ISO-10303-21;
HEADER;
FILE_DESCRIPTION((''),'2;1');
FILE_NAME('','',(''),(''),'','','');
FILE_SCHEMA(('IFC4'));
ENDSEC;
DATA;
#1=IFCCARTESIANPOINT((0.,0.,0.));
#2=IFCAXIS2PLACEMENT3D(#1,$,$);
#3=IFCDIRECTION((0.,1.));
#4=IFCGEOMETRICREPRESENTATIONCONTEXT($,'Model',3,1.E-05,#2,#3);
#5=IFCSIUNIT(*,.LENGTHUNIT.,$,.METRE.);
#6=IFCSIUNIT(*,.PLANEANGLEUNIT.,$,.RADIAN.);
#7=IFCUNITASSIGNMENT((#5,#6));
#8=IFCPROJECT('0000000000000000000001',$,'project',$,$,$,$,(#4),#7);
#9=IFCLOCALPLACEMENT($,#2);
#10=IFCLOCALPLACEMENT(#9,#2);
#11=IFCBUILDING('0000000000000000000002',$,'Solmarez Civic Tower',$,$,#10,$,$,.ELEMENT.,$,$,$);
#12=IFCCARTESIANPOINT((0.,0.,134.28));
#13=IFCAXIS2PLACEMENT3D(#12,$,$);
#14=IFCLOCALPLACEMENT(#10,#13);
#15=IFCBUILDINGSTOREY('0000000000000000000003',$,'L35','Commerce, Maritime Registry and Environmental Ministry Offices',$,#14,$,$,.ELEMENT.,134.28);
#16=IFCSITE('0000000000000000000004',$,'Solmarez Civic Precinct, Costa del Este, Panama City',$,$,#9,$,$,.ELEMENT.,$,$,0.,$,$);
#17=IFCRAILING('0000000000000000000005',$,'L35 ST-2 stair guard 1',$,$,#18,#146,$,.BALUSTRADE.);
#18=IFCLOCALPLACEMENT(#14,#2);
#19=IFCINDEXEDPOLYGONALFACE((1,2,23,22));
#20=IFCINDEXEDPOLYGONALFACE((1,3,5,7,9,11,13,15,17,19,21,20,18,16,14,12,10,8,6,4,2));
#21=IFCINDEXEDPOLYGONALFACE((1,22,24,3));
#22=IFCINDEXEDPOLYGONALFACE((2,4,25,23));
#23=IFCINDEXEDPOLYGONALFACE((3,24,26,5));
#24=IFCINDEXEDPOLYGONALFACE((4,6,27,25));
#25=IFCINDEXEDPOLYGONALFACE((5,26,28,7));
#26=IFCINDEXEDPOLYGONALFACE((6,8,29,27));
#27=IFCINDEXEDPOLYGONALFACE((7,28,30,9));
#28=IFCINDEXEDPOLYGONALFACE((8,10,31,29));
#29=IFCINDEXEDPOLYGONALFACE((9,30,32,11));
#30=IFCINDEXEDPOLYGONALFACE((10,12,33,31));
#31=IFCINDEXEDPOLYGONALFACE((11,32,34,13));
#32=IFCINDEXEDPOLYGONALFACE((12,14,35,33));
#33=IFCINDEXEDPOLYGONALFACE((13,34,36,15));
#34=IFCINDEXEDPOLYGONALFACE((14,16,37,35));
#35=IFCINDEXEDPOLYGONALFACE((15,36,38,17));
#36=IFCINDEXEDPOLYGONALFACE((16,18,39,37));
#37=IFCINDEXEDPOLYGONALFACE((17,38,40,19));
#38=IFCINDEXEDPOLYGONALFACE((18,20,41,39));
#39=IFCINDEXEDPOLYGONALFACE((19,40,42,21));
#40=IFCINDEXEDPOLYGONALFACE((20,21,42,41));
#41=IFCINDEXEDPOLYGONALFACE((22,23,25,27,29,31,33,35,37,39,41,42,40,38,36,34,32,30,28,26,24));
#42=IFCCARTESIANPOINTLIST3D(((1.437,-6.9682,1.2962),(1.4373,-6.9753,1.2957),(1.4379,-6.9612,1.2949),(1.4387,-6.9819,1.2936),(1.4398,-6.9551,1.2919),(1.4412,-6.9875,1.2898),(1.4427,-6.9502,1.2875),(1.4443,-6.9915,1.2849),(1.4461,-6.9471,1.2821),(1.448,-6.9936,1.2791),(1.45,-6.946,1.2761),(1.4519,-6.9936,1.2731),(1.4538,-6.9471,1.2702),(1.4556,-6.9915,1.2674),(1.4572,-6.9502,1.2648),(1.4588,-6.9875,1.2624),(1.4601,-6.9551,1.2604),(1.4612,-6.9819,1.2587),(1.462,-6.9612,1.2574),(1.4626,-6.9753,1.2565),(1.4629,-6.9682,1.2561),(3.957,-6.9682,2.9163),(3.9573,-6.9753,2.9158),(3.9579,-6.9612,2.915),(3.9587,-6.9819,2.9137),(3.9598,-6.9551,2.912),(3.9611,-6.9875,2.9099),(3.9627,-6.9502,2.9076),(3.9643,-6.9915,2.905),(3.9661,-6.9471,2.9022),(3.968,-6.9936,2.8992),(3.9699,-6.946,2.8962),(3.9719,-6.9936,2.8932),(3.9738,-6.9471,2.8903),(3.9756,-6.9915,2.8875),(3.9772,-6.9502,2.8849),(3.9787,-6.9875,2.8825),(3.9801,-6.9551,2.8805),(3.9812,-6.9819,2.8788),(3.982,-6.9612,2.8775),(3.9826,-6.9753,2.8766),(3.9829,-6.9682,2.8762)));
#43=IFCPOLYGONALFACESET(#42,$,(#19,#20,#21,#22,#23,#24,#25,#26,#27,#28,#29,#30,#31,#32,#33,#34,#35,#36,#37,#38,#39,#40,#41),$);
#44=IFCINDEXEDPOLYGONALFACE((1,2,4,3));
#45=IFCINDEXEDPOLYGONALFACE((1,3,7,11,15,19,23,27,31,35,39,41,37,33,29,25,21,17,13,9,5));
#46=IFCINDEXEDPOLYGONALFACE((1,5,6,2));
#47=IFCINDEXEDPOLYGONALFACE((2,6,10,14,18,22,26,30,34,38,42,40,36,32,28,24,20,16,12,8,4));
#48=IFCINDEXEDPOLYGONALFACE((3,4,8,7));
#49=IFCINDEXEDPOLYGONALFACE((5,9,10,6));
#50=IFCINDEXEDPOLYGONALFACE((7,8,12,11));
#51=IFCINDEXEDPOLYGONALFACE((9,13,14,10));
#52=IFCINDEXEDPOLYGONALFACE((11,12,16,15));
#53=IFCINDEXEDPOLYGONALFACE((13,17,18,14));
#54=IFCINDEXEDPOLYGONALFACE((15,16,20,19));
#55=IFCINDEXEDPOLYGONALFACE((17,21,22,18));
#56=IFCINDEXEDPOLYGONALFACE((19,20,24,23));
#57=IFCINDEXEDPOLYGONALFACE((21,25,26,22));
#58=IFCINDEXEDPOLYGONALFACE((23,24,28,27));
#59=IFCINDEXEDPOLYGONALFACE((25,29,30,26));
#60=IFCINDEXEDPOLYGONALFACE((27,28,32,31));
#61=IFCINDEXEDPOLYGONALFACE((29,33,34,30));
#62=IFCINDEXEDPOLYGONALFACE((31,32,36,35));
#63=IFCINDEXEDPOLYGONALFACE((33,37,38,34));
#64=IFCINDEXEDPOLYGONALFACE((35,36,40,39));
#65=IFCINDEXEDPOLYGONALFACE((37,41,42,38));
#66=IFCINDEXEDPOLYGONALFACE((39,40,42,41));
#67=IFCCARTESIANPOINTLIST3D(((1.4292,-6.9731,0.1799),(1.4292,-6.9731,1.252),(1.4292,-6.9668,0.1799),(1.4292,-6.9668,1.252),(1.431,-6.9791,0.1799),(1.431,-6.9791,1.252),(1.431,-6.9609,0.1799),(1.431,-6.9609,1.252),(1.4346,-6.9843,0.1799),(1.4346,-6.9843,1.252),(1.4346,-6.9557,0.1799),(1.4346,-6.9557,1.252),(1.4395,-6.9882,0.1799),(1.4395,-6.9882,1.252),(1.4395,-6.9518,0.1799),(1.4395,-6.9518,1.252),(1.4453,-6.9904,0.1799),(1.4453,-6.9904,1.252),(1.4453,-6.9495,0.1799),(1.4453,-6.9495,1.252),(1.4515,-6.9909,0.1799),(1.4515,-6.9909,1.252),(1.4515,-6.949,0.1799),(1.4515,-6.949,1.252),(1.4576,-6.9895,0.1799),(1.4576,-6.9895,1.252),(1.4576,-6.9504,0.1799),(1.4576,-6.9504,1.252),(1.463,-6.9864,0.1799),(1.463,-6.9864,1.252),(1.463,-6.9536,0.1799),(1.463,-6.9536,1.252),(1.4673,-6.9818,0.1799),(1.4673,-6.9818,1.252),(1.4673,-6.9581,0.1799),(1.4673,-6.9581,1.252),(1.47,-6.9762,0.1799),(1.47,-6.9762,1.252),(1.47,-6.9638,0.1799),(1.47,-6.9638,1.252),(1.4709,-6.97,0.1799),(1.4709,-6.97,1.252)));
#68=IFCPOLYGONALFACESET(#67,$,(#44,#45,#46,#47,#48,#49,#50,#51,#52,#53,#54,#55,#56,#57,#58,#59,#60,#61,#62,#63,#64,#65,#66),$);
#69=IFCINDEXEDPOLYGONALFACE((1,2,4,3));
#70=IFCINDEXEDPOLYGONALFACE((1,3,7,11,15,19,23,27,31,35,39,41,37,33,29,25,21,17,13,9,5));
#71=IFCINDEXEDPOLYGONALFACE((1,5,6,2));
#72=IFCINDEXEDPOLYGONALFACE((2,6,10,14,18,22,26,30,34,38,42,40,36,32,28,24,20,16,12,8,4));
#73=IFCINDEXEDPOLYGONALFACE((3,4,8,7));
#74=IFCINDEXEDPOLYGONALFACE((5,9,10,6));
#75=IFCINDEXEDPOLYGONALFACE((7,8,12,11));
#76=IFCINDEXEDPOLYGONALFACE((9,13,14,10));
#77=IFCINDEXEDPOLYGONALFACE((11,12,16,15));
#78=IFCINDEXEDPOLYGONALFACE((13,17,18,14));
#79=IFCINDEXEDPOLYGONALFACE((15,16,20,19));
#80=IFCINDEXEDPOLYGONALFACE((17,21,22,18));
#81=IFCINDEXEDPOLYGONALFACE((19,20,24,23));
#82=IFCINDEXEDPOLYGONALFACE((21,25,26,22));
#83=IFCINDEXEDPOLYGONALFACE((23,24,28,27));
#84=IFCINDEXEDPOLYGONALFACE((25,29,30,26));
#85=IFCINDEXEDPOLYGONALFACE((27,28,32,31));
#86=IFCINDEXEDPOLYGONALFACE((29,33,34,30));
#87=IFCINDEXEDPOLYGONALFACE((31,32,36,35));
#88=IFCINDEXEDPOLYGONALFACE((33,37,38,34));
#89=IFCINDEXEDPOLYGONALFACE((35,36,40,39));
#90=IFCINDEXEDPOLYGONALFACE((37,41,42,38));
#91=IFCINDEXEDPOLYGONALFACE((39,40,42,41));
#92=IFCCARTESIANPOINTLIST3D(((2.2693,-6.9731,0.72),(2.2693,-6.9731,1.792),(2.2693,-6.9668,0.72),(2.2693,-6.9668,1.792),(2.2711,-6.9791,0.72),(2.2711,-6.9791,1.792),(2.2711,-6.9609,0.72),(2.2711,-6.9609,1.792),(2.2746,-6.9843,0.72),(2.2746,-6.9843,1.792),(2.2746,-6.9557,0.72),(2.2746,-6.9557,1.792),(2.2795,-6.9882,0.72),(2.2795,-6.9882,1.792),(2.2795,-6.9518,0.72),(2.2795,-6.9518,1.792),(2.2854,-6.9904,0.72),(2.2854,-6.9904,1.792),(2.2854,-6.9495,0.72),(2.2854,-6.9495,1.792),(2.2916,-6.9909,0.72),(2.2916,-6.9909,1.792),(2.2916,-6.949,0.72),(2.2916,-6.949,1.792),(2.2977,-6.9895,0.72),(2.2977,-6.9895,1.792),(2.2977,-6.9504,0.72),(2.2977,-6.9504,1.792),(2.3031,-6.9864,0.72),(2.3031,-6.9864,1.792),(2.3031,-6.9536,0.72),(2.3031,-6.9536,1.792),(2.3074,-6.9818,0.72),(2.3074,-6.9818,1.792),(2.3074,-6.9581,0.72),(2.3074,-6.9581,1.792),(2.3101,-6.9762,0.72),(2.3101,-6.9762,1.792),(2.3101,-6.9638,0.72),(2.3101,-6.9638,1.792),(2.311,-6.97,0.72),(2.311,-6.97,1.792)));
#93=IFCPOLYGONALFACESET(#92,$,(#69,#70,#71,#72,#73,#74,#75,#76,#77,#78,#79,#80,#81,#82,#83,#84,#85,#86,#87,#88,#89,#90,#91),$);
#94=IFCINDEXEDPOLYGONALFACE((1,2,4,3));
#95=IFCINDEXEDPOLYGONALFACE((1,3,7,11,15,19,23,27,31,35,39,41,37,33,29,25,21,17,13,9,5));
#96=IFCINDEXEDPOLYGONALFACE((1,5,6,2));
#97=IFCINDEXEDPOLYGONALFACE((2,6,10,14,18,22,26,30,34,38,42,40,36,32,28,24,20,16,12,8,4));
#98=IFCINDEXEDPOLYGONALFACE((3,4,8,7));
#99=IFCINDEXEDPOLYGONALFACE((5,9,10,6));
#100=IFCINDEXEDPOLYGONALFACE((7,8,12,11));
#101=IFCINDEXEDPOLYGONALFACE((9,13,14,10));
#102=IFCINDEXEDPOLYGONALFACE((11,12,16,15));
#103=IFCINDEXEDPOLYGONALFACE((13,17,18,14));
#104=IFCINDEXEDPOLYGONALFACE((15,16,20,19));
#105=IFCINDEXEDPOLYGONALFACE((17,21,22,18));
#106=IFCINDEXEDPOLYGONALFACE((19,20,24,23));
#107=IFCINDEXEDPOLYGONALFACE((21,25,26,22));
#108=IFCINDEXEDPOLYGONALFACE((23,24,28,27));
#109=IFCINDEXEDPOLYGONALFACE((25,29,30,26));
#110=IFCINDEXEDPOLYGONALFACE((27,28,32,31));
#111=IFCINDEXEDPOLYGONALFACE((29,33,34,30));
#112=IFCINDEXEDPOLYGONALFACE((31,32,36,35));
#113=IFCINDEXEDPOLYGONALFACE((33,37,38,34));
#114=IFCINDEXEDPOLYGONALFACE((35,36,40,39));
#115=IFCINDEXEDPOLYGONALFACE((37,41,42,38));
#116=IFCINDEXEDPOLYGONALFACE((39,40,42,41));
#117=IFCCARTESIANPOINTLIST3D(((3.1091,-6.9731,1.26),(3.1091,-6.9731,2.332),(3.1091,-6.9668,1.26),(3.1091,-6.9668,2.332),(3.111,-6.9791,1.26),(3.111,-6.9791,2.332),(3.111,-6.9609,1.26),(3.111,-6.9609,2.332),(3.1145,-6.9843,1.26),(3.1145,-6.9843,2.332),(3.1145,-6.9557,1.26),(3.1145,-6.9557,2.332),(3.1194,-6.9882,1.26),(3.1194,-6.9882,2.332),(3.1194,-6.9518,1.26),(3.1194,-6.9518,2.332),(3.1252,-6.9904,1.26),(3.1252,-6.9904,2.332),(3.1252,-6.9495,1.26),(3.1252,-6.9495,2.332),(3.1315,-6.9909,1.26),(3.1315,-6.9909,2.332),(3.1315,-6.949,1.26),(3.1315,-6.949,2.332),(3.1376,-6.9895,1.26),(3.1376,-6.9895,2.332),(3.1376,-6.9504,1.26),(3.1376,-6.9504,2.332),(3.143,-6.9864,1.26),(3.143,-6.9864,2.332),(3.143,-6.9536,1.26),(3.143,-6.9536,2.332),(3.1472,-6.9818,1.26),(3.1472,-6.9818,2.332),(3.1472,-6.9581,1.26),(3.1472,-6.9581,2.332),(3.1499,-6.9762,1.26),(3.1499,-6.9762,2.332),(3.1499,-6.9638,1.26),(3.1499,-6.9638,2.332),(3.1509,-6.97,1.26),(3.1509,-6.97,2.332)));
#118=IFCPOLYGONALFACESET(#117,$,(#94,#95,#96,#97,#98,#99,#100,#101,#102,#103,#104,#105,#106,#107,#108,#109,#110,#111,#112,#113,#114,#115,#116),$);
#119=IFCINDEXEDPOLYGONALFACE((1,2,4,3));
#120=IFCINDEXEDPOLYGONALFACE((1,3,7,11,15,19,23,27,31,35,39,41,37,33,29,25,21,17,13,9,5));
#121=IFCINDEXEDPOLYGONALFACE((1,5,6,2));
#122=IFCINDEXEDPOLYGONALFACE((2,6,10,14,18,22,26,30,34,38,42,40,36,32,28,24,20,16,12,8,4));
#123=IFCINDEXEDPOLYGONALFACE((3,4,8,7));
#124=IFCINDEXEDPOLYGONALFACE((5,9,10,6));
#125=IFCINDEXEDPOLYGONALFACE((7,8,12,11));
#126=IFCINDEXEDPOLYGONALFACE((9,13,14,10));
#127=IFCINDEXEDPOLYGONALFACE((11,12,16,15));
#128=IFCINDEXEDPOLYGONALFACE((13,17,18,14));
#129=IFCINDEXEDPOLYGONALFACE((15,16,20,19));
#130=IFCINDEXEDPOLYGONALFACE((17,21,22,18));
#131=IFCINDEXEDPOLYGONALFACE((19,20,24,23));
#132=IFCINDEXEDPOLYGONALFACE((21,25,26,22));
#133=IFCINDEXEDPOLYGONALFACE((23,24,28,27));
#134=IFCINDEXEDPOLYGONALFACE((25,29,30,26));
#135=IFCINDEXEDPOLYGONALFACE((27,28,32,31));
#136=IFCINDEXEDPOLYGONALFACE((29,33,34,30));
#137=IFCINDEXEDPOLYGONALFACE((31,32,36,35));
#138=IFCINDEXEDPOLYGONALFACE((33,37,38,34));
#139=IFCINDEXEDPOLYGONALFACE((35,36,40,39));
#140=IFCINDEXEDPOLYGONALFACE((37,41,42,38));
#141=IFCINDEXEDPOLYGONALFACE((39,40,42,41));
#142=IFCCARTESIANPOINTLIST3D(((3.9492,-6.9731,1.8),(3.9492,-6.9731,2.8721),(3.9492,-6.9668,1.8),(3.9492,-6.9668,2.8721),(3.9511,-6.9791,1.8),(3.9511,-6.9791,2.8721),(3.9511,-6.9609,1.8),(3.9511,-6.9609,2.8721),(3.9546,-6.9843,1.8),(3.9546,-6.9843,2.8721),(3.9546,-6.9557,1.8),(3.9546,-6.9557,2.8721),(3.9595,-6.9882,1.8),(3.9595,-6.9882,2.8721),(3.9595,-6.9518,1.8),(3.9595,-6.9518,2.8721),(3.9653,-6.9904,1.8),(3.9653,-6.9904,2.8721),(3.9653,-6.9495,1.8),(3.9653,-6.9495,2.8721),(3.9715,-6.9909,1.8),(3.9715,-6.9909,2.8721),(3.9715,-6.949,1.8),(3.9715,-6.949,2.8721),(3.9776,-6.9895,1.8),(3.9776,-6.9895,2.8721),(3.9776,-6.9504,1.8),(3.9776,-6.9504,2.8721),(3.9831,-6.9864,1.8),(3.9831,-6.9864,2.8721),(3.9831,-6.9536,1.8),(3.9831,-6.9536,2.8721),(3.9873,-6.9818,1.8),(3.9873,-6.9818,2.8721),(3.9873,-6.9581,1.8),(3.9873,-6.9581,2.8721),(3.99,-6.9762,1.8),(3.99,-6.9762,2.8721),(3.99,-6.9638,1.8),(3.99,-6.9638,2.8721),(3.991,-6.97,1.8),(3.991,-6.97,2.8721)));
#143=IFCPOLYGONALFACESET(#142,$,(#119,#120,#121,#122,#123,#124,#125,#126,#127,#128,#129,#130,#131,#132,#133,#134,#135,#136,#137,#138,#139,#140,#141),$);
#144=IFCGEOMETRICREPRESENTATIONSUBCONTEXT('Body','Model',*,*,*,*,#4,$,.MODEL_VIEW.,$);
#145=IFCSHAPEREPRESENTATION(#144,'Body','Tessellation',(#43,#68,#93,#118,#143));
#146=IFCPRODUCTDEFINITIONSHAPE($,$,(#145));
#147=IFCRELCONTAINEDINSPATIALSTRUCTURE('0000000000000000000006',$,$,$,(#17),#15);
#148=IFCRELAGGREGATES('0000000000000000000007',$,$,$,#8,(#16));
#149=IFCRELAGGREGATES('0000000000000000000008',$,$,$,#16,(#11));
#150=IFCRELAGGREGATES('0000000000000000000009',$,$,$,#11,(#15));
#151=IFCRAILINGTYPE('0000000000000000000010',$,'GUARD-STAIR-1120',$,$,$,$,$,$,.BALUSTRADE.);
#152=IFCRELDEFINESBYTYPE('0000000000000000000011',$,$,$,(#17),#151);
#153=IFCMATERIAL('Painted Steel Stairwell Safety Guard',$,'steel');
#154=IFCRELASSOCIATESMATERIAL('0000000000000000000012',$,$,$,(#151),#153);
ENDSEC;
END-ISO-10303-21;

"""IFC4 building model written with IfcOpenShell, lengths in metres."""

from ifc_helpers import new_model, si_unit, direction, frame, origin, origin_2d, place, context, subcontext, project, spatial, circle, extrude, material, type_object, element, save


model = new_model("IFC4")

# Units and contexts
model_context = context("Model", 3, precision=1e-05, world=origin(), true_north=direction((0.0, 1.0)))
body_context = subcontext(model_context, "Body", "Model", "MODEL_VIEW")
ifc_project = project(units=[si_unit("LENGTHUNIT", "METRE"), si_unit("PLANEANGLEUNIT", "RADIAN")], contexts=[model_context])

# Site, building, storey
site_placement = place(None, origin())
site = spatial("IfcSite", under=ifc_project, at=site_placement, Name="Solmarez Civic Precinct, Costa del Este, Panama City", CompositionType="ELEMENT", RefElevation=0.0)
building_placement = place(site_placement, origin())
building = spatial("IfcBuilding", under=site, at=building_placement, Name="Solmarez Civic Tower", CompositionType="ELEMENT")
storey_placement = place(building_placement, frame((0.0, 0.0, 134.28)))
storey = spatial("IfcBuildingStorey", under=building, at=storey_placement, Name="L35", Description="Commerce, Maritime Registry and Environmental Ministry Offices", CompositionType="ELEMENT", Elevation=134.28)

# Railing
ifc_material_1 = material(Name="Painted Steel Stairwell Safety Guard", Category="steel")
railing_type_1 = type_object("IfcRailingType", Name="GUARD-STAIR-1120", PredefinedType="BALUSTRADE", material=ifc_material_1)
railing_1_placement = place(storey_placement, frame((1.45, -6.97, 0.1799)))
element("IfcRailing", 1, at=railing_1_placement, inside=storey, type_object=railing_type_1, Name="L35 ST-2 stair guard 1", PredefinedType="BALUSTRADE", context=body_context, shape_type="SweptSolid", body=[
    extrude(circle(Radius=0.0239, at=origin_2d()), frame((0.0, 0.0, 1.0962), z_axis=(0.841163, 0.0, 0.540782), x_axis=(0.0, 1.0, 0.0)), (0.0, 0.0, 1.0), 2.9958),
    extrude(circle(Radius=0.021, at=origin_2d()), origin(), (0.0, 0.0, 1.0), 1.072),
    extrude(circle(Radius=0.021, at=origin_2d()), frame((0.8401, 0.0, 0.54)), (0.0, 0.0, 1.0), 1.072),
    extrude(circle(Radius=0.021, at=origin_2d()), frame((1.6799, 0.0, 1.0801)), (0.0, 0.0, 1.0), 1.072),
    extrude(circle(Radius=0.021, at=origin_2d()), frame((2.52, 0.0, 1.6201)), (0.0, 0.0, 1.0), 1.072),
])

save(model, "model.ifc")
